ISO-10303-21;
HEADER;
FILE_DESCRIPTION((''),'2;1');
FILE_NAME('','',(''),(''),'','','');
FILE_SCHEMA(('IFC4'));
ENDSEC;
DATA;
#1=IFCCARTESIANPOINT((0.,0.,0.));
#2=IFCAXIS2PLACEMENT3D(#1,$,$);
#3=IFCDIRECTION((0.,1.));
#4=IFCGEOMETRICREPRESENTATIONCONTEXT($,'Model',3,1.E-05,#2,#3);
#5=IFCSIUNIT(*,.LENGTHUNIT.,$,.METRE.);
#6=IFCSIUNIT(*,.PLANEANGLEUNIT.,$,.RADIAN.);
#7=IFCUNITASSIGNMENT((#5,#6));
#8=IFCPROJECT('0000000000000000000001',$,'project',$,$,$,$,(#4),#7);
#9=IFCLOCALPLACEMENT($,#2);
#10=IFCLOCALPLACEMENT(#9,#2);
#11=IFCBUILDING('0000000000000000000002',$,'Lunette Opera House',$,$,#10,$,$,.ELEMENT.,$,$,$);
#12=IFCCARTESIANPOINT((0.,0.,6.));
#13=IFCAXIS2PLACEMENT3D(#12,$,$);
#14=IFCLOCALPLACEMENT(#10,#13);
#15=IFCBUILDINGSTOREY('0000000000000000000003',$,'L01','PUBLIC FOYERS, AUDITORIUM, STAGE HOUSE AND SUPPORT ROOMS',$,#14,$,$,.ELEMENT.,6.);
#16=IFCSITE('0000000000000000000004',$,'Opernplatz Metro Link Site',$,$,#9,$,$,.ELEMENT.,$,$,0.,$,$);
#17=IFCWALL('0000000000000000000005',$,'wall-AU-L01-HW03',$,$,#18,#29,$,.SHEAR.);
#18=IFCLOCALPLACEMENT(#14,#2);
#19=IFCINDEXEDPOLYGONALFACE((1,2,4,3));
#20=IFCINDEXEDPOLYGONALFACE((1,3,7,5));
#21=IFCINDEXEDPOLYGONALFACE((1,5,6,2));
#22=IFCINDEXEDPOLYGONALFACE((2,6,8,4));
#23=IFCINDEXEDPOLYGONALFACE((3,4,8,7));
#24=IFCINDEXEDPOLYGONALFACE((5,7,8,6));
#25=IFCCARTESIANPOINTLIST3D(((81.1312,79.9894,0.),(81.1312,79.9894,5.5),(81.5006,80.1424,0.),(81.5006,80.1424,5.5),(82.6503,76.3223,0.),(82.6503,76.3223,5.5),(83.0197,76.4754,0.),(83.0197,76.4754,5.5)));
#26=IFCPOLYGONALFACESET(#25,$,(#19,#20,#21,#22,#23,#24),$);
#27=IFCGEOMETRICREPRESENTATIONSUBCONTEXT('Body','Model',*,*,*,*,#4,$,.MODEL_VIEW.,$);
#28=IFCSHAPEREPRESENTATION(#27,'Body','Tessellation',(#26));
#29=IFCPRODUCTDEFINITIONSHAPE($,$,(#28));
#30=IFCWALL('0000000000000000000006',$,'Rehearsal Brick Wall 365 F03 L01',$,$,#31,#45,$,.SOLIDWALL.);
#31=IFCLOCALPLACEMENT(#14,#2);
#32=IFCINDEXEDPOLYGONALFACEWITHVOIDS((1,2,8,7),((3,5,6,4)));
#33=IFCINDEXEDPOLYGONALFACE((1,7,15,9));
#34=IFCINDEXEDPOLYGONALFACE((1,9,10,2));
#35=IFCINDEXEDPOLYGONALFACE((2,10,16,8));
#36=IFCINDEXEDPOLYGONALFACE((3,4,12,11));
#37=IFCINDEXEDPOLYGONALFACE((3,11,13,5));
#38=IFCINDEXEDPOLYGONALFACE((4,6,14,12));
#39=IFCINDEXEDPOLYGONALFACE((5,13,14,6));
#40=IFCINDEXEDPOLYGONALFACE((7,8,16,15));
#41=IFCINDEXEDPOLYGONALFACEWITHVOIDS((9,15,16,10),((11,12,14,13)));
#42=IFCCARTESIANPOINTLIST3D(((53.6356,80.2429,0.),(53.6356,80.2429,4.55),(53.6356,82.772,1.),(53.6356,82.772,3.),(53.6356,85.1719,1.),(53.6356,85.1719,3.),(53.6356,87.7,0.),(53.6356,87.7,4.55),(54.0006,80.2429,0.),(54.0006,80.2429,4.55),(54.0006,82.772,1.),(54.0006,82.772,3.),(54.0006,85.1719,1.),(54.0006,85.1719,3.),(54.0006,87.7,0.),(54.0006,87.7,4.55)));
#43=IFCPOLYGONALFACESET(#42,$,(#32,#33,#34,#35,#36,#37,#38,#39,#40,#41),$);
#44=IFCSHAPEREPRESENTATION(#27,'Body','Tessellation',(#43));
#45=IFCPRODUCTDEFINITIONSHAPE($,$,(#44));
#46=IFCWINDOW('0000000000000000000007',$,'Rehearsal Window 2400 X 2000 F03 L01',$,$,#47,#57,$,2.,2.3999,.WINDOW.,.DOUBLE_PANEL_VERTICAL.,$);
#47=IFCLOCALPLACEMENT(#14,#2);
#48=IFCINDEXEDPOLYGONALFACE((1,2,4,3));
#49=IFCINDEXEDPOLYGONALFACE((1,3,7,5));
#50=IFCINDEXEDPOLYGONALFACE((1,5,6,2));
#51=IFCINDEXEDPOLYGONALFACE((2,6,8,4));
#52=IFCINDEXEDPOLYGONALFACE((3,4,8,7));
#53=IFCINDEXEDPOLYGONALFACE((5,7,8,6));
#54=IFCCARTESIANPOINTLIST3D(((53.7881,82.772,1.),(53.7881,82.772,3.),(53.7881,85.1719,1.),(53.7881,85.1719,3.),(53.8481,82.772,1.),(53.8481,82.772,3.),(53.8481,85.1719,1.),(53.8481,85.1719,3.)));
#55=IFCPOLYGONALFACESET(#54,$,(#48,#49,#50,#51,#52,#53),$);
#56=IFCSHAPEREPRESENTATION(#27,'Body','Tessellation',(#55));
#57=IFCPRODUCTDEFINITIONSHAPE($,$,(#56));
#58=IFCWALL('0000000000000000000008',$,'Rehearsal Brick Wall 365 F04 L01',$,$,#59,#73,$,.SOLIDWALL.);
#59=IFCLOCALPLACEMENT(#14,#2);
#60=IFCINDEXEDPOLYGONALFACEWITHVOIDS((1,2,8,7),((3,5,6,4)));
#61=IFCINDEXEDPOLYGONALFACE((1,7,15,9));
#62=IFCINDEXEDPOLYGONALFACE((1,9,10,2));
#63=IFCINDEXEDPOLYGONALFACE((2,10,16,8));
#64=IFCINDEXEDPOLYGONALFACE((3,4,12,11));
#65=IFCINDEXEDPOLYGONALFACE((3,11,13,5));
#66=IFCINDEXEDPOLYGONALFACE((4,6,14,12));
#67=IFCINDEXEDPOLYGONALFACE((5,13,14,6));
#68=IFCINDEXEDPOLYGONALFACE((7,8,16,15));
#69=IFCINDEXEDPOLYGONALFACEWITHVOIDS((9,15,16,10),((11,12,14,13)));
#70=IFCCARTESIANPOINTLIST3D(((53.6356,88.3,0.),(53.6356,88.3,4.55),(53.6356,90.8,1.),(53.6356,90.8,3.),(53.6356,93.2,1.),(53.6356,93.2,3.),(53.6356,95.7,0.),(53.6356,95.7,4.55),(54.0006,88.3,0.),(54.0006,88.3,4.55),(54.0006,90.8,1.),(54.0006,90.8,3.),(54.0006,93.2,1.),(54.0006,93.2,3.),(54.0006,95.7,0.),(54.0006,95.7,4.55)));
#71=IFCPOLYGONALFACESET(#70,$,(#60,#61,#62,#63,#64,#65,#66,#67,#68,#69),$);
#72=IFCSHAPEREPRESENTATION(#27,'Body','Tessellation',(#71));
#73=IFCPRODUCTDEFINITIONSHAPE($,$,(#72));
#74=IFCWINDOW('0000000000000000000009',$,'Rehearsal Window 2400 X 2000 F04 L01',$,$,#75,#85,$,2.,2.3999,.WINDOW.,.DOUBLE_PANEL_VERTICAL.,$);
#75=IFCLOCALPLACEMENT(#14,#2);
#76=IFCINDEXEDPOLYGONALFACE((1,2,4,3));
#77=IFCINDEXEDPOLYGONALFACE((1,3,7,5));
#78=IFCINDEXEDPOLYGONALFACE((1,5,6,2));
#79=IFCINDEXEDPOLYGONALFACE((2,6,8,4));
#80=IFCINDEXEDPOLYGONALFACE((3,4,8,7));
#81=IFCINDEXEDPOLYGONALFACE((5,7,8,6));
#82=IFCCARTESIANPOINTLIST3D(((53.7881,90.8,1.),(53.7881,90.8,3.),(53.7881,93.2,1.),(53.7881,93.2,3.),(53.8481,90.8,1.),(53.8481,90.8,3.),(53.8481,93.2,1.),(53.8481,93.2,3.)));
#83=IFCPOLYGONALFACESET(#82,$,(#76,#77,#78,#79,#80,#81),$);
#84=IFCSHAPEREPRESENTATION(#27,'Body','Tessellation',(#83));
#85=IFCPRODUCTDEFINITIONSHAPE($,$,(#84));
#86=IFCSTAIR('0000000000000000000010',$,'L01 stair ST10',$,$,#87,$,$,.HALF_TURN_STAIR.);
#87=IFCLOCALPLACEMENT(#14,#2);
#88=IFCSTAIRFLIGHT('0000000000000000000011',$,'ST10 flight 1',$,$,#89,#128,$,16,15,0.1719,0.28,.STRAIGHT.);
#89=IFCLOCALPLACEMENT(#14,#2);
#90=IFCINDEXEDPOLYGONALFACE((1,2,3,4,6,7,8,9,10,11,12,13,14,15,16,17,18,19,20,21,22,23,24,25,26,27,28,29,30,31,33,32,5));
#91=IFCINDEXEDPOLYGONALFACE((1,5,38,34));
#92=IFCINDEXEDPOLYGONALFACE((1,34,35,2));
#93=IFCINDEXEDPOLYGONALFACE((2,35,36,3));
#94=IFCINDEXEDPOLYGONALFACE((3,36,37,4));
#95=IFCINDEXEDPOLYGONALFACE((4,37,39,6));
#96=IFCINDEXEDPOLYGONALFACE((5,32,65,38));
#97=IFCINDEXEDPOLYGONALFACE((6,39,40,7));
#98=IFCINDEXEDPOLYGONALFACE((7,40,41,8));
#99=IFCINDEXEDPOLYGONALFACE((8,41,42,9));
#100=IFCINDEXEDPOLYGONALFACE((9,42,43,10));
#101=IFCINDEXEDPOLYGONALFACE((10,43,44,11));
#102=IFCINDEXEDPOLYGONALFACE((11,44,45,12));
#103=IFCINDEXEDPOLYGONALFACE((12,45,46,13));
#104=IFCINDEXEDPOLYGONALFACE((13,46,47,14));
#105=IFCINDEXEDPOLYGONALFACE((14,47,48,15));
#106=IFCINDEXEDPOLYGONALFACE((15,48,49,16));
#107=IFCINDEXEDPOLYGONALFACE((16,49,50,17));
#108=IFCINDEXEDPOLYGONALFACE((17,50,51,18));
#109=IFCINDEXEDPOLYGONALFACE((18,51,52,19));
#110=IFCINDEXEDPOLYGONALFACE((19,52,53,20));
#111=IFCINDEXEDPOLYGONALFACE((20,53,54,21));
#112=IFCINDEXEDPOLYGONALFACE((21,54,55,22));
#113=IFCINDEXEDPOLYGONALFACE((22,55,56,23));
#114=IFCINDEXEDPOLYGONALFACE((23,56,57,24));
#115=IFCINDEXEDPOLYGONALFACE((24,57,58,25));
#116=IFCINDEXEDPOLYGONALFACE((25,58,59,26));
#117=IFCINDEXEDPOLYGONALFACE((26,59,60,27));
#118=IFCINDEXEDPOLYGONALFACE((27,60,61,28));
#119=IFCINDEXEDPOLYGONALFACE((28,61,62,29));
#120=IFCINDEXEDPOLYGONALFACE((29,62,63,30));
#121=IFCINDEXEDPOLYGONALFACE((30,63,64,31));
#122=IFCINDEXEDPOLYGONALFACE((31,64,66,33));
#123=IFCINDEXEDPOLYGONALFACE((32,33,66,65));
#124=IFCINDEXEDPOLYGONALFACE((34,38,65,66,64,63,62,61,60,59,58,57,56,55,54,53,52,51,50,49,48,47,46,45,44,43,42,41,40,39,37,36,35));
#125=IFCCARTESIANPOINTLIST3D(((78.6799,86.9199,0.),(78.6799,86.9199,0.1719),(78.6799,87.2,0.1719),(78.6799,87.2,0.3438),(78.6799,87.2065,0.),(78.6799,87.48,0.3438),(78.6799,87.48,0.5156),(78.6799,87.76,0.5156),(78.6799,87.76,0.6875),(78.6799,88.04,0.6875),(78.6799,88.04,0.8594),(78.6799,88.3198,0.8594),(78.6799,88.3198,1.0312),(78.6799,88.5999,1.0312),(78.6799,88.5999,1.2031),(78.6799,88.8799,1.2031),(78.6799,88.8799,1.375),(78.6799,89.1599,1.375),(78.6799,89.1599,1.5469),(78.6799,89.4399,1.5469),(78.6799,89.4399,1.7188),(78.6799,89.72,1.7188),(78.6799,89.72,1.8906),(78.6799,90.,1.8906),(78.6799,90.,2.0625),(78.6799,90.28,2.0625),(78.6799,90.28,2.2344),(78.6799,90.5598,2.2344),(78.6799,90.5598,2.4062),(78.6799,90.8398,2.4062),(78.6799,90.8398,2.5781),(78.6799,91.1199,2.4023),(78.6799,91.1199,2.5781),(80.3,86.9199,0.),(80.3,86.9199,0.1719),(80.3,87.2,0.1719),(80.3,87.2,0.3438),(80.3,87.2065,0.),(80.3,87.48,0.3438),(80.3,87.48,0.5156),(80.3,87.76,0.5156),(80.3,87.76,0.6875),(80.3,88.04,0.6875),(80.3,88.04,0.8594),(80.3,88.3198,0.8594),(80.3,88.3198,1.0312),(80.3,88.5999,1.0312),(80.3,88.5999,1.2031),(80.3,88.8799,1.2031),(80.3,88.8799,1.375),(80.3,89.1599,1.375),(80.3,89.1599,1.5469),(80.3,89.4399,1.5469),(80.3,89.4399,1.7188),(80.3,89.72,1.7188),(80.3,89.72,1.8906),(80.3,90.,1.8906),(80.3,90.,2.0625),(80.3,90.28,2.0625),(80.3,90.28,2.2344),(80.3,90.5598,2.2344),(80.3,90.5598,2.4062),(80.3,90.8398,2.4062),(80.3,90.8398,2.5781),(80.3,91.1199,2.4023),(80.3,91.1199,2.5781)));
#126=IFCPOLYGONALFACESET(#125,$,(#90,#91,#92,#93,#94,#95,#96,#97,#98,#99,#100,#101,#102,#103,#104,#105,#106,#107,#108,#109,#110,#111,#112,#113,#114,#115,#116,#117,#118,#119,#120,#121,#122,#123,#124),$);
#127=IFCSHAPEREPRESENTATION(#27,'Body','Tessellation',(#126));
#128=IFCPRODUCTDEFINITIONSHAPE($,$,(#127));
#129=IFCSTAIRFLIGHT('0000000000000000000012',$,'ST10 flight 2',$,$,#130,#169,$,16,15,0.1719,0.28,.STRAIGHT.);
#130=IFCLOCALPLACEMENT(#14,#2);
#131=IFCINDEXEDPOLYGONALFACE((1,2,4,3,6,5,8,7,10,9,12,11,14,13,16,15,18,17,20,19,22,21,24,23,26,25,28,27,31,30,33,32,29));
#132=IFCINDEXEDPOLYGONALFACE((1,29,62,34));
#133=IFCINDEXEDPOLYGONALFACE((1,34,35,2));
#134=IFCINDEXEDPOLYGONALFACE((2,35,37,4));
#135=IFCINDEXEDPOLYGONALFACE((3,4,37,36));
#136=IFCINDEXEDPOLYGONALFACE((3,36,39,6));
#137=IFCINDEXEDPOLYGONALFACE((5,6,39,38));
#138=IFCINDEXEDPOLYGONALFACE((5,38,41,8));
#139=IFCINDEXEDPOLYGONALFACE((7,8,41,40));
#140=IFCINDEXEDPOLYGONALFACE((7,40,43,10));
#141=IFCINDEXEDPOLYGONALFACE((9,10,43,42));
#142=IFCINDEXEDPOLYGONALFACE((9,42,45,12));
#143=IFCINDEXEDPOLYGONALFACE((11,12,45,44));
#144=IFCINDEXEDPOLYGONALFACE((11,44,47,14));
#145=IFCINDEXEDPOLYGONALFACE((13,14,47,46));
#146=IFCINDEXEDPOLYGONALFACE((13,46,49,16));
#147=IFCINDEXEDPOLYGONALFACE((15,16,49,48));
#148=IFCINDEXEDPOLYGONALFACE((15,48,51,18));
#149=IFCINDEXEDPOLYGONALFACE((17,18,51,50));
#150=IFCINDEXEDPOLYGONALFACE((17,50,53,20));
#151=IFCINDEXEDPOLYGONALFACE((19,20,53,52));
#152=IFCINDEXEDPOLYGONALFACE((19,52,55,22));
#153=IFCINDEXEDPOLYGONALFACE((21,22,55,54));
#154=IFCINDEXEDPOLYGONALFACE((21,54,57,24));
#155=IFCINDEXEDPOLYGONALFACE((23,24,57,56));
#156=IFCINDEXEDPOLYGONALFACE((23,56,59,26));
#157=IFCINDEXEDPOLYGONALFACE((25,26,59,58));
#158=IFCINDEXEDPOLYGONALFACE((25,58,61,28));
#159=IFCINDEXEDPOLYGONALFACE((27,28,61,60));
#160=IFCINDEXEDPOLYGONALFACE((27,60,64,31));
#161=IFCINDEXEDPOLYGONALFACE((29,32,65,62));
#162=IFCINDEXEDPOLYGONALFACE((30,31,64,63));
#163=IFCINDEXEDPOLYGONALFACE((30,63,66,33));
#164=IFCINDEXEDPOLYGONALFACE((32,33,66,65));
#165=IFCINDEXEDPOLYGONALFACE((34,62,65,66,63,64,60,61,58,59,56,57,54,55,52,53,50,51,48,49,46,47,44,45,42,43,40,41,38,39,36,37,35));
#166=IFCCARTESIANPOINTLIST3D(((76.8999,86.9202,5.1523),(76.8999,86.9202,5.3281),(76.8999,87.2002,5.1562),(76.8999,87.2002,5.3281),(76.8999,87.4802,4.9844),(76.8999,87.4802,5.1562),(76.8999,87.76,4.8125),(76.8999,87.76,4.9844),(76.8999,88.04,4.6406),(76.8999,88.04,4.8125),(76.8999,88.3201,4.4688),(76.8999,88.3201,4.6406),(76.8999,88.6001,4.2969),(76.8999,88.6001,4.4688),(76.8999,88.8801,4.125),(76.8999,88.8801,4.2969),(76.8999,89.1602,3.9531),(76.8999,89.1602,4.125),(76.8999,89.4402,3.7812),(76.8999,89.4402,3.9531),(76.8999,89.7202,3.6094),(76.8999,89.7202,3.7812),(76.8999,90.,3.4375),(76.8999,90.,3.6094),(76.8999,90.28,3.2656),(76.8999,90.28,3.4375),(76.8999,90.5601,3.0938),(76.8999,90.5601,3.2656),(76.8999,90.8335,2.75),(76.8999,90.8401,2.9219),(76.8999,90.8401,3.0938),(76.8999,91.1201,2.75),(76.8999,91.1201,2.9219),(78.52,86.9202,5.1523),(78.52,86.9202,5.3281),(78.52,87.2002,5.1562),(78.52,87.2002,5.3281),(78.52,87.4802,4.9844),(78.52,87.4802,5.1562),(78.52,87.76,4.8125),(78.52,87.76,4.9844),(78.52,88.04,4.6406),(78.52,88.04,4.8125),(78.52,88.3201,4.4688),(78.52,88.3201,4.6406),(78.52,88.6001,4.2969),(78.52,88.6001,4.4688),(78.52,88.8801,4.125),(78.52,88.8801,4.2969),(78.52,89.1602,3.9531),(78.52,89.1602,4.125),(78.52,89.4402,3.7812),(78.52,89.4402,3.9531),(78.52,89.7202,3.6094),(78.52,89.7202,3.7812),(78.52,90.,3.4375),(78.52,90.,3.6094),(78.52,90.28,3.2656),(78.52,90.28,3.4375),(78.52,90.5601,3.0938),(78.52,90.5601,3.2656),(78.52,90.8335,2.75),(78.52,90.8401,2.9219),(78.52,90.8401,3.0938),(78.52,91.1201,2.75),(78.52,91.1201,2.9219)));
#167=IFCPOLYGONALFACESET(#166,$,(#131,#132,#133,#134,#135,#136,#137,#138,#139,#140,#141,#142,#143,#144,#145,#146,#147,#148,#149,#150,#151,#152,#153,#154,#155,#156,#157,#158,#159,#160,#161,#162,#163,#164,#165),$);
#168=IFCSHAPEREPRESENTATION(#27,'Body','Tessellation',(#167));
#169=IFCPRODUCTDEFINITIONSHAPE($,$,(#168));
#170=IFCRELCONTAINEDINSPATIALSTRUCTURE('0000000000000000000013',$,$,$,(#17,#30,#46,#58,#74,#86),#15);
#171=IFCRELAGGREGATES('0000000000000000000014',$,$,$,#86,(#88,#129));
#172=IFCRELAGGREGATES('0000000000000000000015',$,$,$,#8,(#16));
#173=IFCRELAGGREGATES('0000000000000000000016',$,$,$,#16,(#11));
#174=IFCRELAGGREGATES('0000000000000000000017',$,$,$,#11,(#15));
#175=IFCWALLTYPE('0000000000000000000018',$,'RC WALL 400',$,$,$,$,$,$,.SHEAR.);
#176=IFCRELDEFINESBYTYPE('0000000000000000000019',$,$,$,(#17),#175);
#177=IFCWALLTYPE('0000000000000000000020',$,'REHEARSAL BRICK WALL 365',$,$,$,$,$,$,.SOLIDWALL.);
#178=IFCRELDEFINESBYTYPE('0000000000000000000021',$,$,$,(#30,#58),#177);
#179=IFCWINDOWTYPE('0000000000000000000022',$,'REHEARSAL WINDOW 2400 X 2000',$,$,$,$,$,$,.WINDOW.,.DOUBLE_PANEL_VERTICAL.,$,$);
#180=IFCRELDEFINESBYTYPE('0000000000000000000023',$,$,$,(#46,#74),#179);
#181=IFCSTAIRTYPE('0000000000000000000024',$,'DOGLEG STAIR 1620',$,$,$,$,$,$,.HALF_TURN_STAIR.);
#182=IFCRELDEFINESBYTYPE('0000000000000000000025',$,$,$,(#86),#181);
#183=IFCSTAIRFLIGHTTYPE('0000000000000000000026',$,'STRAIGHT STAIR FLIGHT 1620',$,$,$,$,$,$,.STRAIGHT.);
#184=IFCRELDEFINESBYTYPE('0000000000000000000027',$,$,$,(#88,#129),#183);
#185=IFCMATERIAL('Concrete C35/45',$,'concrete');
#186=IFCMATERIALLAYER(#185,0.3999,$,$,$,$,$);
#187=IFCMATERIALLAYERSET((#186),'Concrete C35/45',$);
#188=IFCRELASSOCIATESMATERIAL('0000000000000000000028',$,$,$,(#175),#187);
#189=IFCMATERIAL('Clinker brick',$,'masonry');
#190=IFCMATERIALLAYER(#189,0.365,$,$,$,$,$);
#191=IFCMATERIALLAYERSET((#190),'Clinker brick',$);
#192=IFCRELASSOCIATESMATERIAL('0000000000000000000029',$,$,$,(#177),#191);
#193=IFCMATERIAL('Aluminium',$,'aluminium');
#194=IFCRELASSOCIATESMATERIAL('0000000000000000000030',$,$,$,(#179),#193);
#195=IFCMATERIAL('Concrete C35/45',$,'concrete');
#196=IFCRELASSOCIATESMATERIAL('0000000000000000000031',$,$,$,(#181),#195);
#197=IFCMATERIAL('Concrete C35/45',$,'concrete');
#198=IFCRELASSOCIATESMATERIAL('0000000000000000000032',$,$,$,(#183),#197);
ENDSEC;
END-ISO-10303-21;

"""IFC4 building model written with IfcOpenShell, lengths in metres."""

from ifc_helpers import new_model, si_unit, direction, frame, frame_2d, origin, place, context, subcontext, project, spatial, polyline, rectangle, outline, extrude, material, layer, layer_set, type_object, element, fill, aggregate, save


model = new_model("IFC4")

# Units and contexts
model_context = context("Model", 3, precision=1e-05, world=origin(), true_north=direction((0.0, 1.0)))
body_context = subcontext(model_context, "Body", "Model", "MODEL_VIEW")
ifc_project = project(units=[si_unit("LENGTHUNIT", "METRE"), si_unit("PLANEANGLEUNIT", "RADIAN")], contexts=[model_context])

# Site, building, storey
site_placement = place(None, origin())
site = spatial("IfcSite", under=ifc_project, at=site_placement, Name="Opernplatz Metro Link Site", CompositionType="ELEMENT", RefElevation=0.0)
building_placement = place(site_placement, origin())
building = spatial("IfcBuilding", under=site, at=building_placement, Name="Lunette Opera House", CompositionType="ELEMENT")
storey_placement = place(building_placement, frame((0.0, 0.0, 6.0)))
storey = spatial("IfcBuildingStorey", under=building, at=storey_placement, Name="L01", Description="PUBLIC FOYERS, AUDITORIUM, STAGE HOUSE AND SUPPORT ROOMS", CompositionType="ELEMENT", Elevation=6.0)

# Wall
ifc_material_1 = material(Name="Concrete C35/45", Category="concrete")
ifc_layer_1 = layer(ifc_material_1, 0.3999)
ifc_layer_set_1 = layer_set([ifc_layer_1], Name="Concrete C35/45")
wall_type_1 = type_object("IfcWallType", Name="RC WALL 400", PredefinedType="SHEAR", material=ifc_layer_set_1)
wall_1_placement = place(storey_placement, frame((81.3159, 80.0659, 0.0), z_axis=(0.0, 0.0, 1.0), x_axis=(0.38271, -0.923868, 0.0)))
element("IfcWall", 1, at=wall_1_placement, inside=storey, type_object=wall_type_1, Name="wall-AU-L01-HW03", PredefinedType="SHEAR", context=body_context, shape_type="SweptSolid", body=[
    extrude(rectangle(XDim=3.9692, YDim=0.3999, at=frame_2d((1.9846, 0.0))), origin(), (0.0, 0.0, 1.0), 5.5),
])

# Walls, openings, windows
ifc_material_2 = material(Name="Clinker brick", Category="masonry")
ifc_layer_2 = layer(ifc_material_2, 0.365)
ifc_layer_set_2 = layer_set([ifc_layer_2], Name="Clinker brick")
wall_type_2 = type_object("IfcWallType", Name="REHEARSAL BRICK WALL 365", PredefinedType="SOLIDWALL", material=ifc_layer_set_2)
wall_2_placement = place(storey_placement, frame((53.8181, 80.2429, 0.0), z_axis=(0.0, 0.0, 1.0), x_axis=(0.0, 1.0, 0.0)))
wall_2 = element("IfcWall", 2, at=wall_2_placement, inside=storey, type_object=wall_type_2, Name="Rehearsal Brick Wall 365 F03 L01", PredefinedType="SOLIDWALL", context=body_context, shape_type="SweptSolid", body=[
    extrude(rectangle(XDim=7.457, YDim=0.365, at=frame_2d((3.7285, 0.0))), origin(), (0.0, 0.0, 1.0), 4.55),
])
opening_1_placement = place(wall_2_placement, frame((2.5291, 0.0, 1.0)))
opening_1 = element("IfcOpeningElement", 3, at=opening_1_placement, cuts=wall_2, PredefinedType="OPENING", context=body_context, shape_type="SweptSolid", body=[
    extrude(rectangle(XDim=2.3999, YDim=2.0, at=frame_2d((1.2, 1.0))), frame((0.0, 0.1946, 0.0), z_axis=(0.0, -1.0, 0.0), x_axis=(1.0, 0.0, 0.0)), (0.0, 0.0, 1.0), 0.3889),
])
ifc_material_3 = material(Name="Aluminium", Category="aluminium")
window_type = type_object("IfcWindowType", Name="REHEARSAL WINDOW 2400 X 2000", PartitioningType="DOUBLE_PANEL_VERTICAL", PredefinedType="WINDOW", material=ifc_material_3)
window_1_placement = place(opening_1_placement, origin())
window_1 = element("IfcWindow", 4, at=window_1_placement, inside=storey, type_object=window_type, Name="Rehearsal Window 2400 X 2000 F03 L01", OverallHeight=2.0, OverallWidth=2.3999, PartitioningType="DOUBLE_PANEL_VERTICAL", PredefinedType="WINDOW", context=body_context, shape_type="SweptSolid", body=[
    extrude(rectangle(XDim=2.3999, YDim=2.0, at=frame_2d((1.2, 1.0))), frame((0.0, 0.03, 0.0), z_axis=(0.0, -1.0, 0.0), x_axis=(1.0, 0.0, 0.0)), (0.0, 0.0, 1.0), 0.0601),
])
fill(opening_1, window_1)
wall_3_placement = place(storey_placement, frame((53.8181, 88.3, 0.0), z_axis=(0.0, 0.0, 1.0), x_axis=(0.0, 1.0, 0.0)))
wall_3 = element("IfcWall", 5, at=wall_3_placement, inside=storey, type_object=wall_type_2, Name="Rehearsal Brick Wall 365 F04 L01", PredefinedType="SOLIDWALL", context=body_context, shape_type="SweptSolid", body=[
    extrude(rectangle(XDim=7.3999, YDim=0.365, at=frame_2d((3.7, 0.0))), origin(), (0.0, 0.0, 1.0), 4.55),
])
opening_2_placement = place(wall_3_placement, frame((2.5, 0.0, 1.0)))
opening_2 = element("IfcOpeningElement", 6, at=opening_2_placement, cuts=wall_3, PredefinedType="OPENING", context=body_context, shape_type="SweptSolid", body=[
    extrude(rectangle(XDim=2.3999, YDim=2.0, at=frame_2d((1.2, 1.0))), frame((0.0, 0.1946, 0.0), z_axis=(0.0, -1.0, 0.0), x_axis=(1.0, 0.0, 0.0)), (0.0, 0.0, 1.0), 0.3889),
])
window_2_placement = place(opening_2_placement, origin())
window_2 = element("IfcWindow", 7, at=window_2_placement, inside=storey, type_object=window_type, Name="Rehearsal Window 2400 X 2000 F04 L01", OverallHeight=2.0, OverallWidth=2.3999, PartitioningType="DOUBLE_PANEL_VERTICAL", PredefinedType="WINDOW", context=body_context, shape_type="SweptSolid", body=[
    extrude(rectangle(XDim=2.3999, YDim=2.0, at=frame_2d((1.2, 1.0))), frame((0.0, 0.03, 0.0), z_axis=(0.0, -1.0, 0.0), x_axis=(1.0, 0.0, 0.0)), (0.0, 0.0, 1.0), 0.0601),
])
fill(opening_2, window_2)

# Stair, stair flights
ifc_material_4 = material(Name="Concrete C35/45", Category="concrete")
stair_type = type_object("IfcStairType", Name="DOGLEG STAIR 1620", PredefinedType="HALF_TURN_STAIR", material=ifc_material_4)
stair_placement = place(storey_placement, origin())
stair = element("IfcStair", 8, at=stair_placement, inside=storey, type_object=stair_type, Name="L01 stair ST10", PredefinedType="HALF_TURN_STAIR")
ifc_material_5 = material(Name="Concrete C35/45", Category="concrete")
stair_flight_type = type_object("IfcStairFlightType", Name="STRAIGHT STAIR FLIGHT 1620", PredefinedType="STRAIGHT", material=ifc_material_5)
stair_flight_1_placement = place(storey_placement, frame((79.49, 86.9199, 0.0), z_axis=(0.0, 0.0, 1.0), x_axis=(0.0, 1.0, 0.0)))
stair_flight_1 = element("IfcStairFlight", 9, at=stair_flight_1_placement, type_object=stair_flight_type, Name="ST10 flight 1", NumberOfRisers=16, NumberOfTreads=15, PredefinedType="STRAIGHT", RiserHeight=0.1719, TreadLength=0.28, context=body_context, shape_type="SweptSolid", body=[
    extrude(outline(polyline([(0.0, 0.0), (0.0, 0.1719), (0.28, 0.1719), (0.28, 0.3438), (0.5601, 0.3438), (0.5601, 0.5156), (0.8401, 0.5156), (0.8401, 0.6875), (1.1201, 0.6875), (1.1201, 0.8594), (1.3999, 0.8594), (1.3999, 1.0312), (1.6799, 1.0312), (1.6799, 1.2031), (1.96, 1.2031), (1.96, 1.375), (2.24, 1.375), (2.24, 1.5469), (2.52, 1.5469), (2.52, 1.7188), (2.8, 1.7188), (2.8, 1.8906), (3.0801, 1.8906), (3.0801, 2.0625), (3.3601, 2.0625), (3.3601, 2.2344), (3.6399, 2.2344), (3.6399, 2.4062), (3.9199, 2.4062), (3.9199, 2.5781), (4.2, 2.5781), (4.2, 2.75), (4.2, 2.4023), (0.2866, 0.0), (0.0, 0.0)])), frame((0.0, 0.8101, 0.0), z_axis=(0.0, -1.0, 0.0), x_axis=(1.0, 0.0, 0.0)), (0.0, 0.0, 1.0), 1.6201),
])
stair_flight_2_placement = place(storey_placement, frame((77.71, 91.1201, 2.75), z_axis=(0.0, 0.0, 1.0), x_axis=(0.0, -1.0, 0.0)))
stair_flight_2 = element("IfcStairFlight", 10, at=stair_flight_2_placement, type_object=stair_flight_type, Name="ST10 flight 2", NumberOfRisers=16, NumberOfTreads=15, PredefinedType="STRAIGHT", RiserHeight=0.1719, TreadLength=0.28, context=body_context, shape_type="SweptSolid", body=[
    extrude(outline(polyline([(0.0, 0.0), (0.0, 0.1719), (0.28, 0.1719), (0.28, 0.3438), (0.5601, 0.3438), (0.5601, 0.5156), (0.8401, 0.5156), (0.8401, 0.6875), (1.1201, 0.6875), (1.1201, 0.8594), (1.3999, 0.8594), (1.3999, 1.0312), (1.6799, 1.0312), (1.6799, 1.2031), (1.96, 1.2031), (1.96, 1.375), (2.24, 1.375), (2.24, 1.5469), (2.52, 1.5469), (2.52, 1.7188), (2.8, 1.7188), (2.8, 1.8906), (3.0801, 1.8906), (3.0801, 2.0625), (3.3601, 2.0625), (3.3601, 2.2344), (3.6399, 2.2344), (3.6399, 2.4062), (3.9199, 2.4062), (3.9199, 2.5781), (4.2, 2.5781), (4.2, 2.75), (4.2, 2.4023), (0.2866, 0.0), (0.0, 0.0)])), frame((0.0, 0.8101, 0.0), z_axis=(0.0, -1.0, 0.0), x_axis=(1.0, 0.0, 0.0)), (0.0, 0.0, 1.0), 1.6201),
])
aggregate(stair, [stair_flight_1, stair_flight_2])

save(model, "model.ifc")
